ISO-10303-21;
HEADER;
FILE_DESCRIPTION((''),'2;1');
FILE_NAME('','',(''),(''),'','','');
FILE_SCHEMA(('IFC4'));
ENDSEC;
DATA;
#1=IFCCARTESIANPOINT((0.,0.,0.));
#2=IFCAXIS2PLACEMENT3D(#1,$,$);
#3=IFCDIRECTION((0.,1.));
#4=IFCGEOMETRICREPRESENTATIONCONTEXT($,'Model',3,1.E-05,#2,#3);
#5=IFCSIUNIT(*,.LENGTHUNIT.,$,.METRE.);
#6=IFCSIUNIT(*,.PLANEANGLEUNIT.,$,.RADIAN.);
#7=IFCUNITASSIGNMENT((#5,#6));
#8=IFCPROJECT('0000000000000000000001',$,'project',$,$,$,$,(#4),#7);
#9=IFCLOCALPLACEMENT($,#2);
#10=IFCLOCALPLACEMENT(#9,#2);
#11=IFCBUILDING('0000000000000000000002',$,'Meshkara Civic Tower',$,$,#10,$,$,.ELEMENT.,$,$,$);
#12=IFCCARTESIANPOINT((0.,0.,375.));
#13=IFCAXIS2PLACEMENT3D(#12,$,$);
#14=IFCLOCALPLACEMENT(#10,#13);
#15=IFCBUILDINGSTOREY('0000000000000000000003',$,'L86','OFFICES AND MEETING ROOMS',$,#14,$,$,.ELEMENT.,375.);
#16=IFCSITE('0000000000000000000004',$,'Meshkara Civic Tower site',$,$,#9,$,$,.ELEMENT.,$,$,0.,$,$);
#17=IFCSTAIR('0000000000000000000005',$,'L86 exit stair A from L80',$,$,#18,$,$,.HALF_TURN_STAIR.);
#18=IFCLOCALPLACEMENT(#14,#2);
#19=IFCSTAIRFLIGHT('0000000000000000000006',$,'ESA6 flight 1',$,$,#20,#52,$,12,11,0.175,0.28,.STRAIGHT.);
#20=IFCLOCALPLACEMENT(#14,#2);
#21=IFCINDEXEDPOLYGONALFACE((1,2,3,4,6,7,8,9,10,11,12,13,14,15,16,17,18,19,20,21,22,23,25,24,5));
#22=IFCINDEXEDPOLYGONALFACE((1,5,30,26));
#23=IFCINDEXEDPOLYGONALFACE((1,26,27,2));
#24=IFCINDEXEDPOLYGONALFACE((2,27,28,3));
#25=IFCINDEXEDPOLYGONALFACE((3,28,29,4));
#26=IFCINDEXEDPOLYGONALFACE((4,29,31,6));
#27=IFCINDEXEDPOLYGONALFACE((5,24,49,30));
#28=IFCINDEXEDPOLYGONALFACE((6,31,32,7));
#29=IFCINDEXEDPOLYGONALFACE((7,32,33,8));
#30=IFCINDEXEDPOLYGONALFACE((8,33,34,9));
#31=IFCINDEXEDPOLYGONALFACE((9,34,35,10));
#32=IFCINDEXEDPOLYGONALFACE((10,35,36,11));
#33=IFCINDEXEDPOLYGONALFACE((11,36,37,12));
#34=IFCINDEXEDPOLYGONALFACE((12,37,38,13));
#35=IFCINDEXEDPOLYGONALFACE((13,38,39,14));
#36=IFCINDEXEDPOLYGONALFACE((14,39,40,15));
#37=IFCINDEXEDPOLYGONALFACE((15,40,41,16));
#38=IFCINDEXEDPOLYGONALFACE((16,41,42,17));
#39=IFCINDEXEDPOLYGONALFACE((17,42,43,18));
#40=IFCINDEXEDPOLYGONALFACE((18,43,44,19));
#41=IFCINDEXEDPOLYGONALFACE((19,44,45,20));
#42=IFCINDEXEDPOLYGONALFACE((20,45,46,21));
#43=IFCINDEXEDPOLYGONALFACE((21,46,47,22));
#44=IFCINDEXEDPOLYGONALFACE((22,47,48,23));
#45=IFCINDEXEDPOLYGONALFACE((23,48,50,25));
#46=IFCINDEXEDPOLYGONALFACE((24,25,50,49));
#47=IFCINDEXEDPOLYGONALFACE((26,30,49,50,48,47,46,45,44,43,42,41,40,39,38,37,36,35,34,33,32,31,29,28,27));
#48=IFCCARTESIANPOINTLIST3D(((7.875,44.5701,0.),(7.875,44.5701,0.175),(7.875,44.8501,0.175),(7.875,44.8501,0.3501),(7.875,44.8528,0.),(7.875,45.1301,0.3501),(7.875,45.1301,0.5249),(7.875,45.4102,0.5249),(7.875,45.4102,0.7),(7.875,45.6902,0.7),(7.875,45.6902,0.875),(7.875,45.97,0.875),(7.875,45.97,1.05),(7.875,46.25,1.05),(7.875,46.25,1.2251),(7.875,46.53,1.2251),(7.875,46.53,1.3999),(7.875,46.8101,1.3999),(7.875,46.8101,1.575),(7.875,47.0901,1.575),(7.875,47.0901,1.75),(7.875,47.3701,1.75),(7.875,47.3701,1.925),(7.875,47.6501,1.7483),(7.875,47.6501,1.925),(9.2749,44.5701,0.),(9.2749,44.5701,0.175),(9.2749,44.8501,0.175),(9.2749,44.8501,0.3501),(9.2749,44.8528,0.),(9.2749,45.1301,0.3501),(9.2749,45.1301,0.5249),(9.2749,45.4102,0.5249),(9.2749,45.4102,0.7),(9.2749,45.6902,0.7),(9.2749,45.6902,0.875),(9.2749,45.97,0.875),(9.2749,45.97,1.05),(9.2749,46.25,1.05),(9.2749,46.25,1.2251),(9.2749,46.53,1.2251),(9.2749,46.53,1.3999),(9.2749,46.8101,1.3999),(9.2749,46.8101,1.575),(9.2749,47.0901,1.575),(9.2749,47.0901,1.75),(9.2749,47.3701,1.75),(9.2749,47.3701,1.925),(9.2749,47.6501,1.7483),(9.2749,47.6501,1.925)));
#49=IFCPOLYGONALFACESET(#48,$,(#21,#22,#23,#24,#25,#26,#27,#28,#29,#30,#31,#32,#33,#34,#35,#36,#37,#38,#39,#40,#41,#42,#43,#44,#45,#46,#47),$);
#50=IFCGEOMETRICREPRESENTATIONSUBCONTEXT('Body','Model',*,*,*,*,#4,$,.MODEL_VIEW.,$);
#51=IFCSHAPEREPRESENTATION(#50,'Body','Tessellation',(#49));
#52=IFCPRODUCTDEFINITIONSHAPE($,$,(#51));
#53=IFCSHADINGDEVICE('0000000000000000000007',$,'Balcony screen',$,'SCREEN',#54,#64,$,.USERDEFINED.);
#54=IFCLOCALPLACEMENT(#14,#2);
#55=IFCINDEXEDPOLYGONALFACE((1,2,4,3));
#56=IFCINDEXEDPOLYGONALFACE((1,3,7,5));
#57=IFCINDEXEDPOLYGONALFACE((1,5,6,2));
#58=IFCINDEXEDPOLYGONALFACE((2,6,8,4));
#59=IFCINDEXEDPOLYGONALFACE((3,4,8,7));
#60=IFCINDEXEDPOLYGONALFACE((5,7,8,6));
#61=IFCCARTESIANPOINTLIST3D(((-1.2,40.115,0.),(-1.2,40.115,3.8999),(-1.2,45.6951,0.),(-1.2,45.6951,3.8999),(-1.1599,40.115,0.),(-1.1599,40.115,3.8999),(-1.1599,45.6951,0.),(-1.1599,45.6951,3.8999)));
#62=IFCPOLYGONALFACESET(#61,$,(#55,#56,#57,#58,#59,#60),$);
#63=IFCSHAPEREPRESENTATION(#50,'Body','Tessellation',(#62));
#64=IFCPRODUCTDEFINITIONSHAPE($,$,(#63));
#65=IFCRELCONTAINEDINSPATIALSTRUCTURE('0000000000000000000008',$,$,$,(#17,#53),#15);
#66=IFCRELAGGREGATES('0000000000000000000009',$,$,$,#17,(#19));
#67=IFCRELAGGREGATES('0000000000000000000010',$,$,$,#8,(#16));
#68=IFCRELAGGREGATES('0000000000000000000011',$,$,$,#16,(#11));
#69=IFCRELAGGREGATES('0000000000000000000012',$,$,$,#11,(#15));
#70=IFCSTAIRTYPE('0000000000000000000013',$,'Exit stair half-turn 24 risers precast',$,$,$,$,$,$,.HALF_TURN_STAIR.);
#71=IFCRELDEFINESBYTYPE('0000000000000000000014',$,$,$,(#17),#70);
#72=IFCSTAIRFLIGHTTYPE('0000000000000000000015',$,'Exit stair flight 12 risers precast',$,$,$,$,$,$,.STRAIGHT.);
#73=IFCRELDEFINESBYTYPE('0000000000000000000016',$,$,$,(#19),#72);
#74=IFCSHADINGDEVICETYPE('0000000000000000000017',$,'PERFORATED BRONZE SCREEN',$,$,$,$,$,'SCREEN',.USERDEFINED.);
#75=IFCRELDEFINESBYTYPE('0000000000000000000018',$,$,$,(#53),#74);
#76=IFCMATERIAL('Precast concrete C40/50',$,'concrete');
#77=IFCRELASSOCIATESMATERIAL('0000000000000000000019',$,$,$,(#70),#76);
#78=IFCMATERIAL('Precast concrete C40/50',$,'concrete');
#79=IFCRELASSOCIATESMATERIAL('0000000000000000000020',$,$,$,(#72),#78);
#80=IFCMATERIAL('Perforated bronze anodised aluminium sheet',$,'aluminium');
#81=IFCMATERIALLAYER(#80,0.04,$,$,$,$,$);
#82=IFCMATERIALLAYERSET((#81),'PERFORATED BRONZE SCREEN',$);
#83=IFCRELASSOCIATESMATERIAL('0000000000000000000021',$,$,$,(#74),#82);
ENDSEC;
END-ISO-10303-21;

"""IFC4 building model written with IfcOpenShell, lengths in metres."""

from ifc_helpers import new_model, si_unit, direction, frame, origin, origin_2d, place, context, subcontext, project, spatial, polyline, rectangle, outline, extrude, material, layer, layer_set, type_object, element, aggregate, save


model = new_model("IFC4")

# Units and contexts
model_context = context("Model", 3, precision=1e-05, world=origin(), true_north=direction((0.0, 1.0)))
body_context = subcontext(model_context, "Body", "Model", "MODEL_VIEW")
ifc_project = project(units=[si_unit("LENGTHUNIT", "METRE"), si_unit("PLANEANGLEUNIT", "RADIAN")], contexts=[model_context])

# Site, building, storey
site_placement = place(None, origin())
site = spatial("IfcSite", under=ifc_project, at=site_placement, Name="Meshkara Civic Tower site", CompositionType="ELEMENT", RefElevation=0.0)
building_placement = place(site_placement, origin())
building = spatial("IfcBuilding", under=site, at=building_placement, Name="Meshkara Civic Tower", CompositionType="ELEMENT")
storey_placement = place(building_placement, frame((0.0, 0.0, 375.0)))
storey = spatial("IfcBuildingStorey", under=building, at=storey_placement, Name="L86", Description="OFFICES AND MEETING ROOMS", CompositionType="ELEMENT", Elevation=375.0)

# Stair, stair flight
ifc_material_1 = material(Name="Precast concrete C40/50", Category="concrete")
stair_type = type_object("IfcStairType", Name="Exit stair half-turn 24 risers precast", PredefinedType="HALF_TURN_STAIR", material=ifc_material_1)
stair_placement = place(storey_placement, origin())
stair = element("IfcStair", 1, at=stair_placement, inside=storey, type_object=stair_type, Name="L86 exit stair A from L80", PredefinedType="HALF_TURN_STAIR")
ifc_material_2 = material(Name="Precast concrete C40/50", Category="concrete")
stair_flight_type = type_object("IfcStairFlightType", Name="Exit stair flight 12 risers precast", PredefinedType="STRAIGHT", material=ifc_material_2)
stair_flight_placement = place(storey_placement, frame((8.575, 44.5701, 0.0), z_axis=(0.0, 0.0, 1.0), x_axis=(0.0, 1.0, 0.0)))
stair_flight = element("IfcStairFlight", 2, at=stair_flight_placement, type_object=stair_flight_type, Name="ESA6 flight 1", NumberOfRisers=12, NumberOfTreads=11, PredefinedType="STRAIGHT", RiserHeight=0.175, TreadLength=0.28, context=body_context, shape_type="SweptSolid", body=[
    extrude(outline(polyline([(0.0, 0.0), (0.0, 0.175), (0.28, 0.175), (0.28, 0.3501), (0.5601, 0.3501), (0.5601, 0.5249), (0.8401, 0.5249), (0.8401, 0.7), (1.1201, 0.7), (1.1201, 0.875), (1.3999, 0.875), (1.3999, 1.05), (1.6799, 1.05), (1.6799, 1.2251), (1.96, 1.2251), (1.96, 1.3999), (2.24, 1.3999), (2.24, 1.575), (2.52, 1.575), (2.52, 1.75), (2.8, 1.75), (2.8, 1.925), (3.0801, 1.925), (3.0801, 2.1001), (3.0801, 1.7483), (0.2827, 0.0), (0.0, 0.0)])), frame((0.0, 0.7, 0.0), z_axis=(0.0, -1.0, 0.0), x_axis=(1.0, 0.0, 0.0)), (0.0, 0.0, 1.0), 1.3999),
])
aggregate(stair, [stair_flight])

# Shading device
ifc_material_3 = material(Name="Perforated bronze anodised aluminium sheet", Category="aluminium")
ifc_layer_1 = layer(ifc_material_3, 0.04)
ifc_layer_set_1 = layer_set([ifc_layer_1], Name="PERFORATED BRONZE SCREEN")
shading_device_type = type_object("IfcShadingDeviceType", Name="PERFORATED BRONZE SCREEN", ElementType="SCREEN", PredefinedType="USERDEFINED", material=ifc_layer_set_1)
shading_device_placement = place(storey_placement, frame((-1.1799, 42.905, 0.0), z_axis=(0.0, 0.0, 1.0), x_axis=(0.0, -1.0, 0.0)))
element("IfcShadingDevice", 3, at=shading_device_placement, inside=storey, type_object=shading_device_type, Name="Balcony screen", ObjectType="SCREEN", PredefinedType="USERDEFINED", context=body_context, shape_type="SweptSolid", body=[
    extrude(rectangle(XDim=5.5801, YDim=0.04, at=origin_2d()), origin(), (0.0, 0.0, 1.0), 3.8999),
])

save(model, "model.ifc")
